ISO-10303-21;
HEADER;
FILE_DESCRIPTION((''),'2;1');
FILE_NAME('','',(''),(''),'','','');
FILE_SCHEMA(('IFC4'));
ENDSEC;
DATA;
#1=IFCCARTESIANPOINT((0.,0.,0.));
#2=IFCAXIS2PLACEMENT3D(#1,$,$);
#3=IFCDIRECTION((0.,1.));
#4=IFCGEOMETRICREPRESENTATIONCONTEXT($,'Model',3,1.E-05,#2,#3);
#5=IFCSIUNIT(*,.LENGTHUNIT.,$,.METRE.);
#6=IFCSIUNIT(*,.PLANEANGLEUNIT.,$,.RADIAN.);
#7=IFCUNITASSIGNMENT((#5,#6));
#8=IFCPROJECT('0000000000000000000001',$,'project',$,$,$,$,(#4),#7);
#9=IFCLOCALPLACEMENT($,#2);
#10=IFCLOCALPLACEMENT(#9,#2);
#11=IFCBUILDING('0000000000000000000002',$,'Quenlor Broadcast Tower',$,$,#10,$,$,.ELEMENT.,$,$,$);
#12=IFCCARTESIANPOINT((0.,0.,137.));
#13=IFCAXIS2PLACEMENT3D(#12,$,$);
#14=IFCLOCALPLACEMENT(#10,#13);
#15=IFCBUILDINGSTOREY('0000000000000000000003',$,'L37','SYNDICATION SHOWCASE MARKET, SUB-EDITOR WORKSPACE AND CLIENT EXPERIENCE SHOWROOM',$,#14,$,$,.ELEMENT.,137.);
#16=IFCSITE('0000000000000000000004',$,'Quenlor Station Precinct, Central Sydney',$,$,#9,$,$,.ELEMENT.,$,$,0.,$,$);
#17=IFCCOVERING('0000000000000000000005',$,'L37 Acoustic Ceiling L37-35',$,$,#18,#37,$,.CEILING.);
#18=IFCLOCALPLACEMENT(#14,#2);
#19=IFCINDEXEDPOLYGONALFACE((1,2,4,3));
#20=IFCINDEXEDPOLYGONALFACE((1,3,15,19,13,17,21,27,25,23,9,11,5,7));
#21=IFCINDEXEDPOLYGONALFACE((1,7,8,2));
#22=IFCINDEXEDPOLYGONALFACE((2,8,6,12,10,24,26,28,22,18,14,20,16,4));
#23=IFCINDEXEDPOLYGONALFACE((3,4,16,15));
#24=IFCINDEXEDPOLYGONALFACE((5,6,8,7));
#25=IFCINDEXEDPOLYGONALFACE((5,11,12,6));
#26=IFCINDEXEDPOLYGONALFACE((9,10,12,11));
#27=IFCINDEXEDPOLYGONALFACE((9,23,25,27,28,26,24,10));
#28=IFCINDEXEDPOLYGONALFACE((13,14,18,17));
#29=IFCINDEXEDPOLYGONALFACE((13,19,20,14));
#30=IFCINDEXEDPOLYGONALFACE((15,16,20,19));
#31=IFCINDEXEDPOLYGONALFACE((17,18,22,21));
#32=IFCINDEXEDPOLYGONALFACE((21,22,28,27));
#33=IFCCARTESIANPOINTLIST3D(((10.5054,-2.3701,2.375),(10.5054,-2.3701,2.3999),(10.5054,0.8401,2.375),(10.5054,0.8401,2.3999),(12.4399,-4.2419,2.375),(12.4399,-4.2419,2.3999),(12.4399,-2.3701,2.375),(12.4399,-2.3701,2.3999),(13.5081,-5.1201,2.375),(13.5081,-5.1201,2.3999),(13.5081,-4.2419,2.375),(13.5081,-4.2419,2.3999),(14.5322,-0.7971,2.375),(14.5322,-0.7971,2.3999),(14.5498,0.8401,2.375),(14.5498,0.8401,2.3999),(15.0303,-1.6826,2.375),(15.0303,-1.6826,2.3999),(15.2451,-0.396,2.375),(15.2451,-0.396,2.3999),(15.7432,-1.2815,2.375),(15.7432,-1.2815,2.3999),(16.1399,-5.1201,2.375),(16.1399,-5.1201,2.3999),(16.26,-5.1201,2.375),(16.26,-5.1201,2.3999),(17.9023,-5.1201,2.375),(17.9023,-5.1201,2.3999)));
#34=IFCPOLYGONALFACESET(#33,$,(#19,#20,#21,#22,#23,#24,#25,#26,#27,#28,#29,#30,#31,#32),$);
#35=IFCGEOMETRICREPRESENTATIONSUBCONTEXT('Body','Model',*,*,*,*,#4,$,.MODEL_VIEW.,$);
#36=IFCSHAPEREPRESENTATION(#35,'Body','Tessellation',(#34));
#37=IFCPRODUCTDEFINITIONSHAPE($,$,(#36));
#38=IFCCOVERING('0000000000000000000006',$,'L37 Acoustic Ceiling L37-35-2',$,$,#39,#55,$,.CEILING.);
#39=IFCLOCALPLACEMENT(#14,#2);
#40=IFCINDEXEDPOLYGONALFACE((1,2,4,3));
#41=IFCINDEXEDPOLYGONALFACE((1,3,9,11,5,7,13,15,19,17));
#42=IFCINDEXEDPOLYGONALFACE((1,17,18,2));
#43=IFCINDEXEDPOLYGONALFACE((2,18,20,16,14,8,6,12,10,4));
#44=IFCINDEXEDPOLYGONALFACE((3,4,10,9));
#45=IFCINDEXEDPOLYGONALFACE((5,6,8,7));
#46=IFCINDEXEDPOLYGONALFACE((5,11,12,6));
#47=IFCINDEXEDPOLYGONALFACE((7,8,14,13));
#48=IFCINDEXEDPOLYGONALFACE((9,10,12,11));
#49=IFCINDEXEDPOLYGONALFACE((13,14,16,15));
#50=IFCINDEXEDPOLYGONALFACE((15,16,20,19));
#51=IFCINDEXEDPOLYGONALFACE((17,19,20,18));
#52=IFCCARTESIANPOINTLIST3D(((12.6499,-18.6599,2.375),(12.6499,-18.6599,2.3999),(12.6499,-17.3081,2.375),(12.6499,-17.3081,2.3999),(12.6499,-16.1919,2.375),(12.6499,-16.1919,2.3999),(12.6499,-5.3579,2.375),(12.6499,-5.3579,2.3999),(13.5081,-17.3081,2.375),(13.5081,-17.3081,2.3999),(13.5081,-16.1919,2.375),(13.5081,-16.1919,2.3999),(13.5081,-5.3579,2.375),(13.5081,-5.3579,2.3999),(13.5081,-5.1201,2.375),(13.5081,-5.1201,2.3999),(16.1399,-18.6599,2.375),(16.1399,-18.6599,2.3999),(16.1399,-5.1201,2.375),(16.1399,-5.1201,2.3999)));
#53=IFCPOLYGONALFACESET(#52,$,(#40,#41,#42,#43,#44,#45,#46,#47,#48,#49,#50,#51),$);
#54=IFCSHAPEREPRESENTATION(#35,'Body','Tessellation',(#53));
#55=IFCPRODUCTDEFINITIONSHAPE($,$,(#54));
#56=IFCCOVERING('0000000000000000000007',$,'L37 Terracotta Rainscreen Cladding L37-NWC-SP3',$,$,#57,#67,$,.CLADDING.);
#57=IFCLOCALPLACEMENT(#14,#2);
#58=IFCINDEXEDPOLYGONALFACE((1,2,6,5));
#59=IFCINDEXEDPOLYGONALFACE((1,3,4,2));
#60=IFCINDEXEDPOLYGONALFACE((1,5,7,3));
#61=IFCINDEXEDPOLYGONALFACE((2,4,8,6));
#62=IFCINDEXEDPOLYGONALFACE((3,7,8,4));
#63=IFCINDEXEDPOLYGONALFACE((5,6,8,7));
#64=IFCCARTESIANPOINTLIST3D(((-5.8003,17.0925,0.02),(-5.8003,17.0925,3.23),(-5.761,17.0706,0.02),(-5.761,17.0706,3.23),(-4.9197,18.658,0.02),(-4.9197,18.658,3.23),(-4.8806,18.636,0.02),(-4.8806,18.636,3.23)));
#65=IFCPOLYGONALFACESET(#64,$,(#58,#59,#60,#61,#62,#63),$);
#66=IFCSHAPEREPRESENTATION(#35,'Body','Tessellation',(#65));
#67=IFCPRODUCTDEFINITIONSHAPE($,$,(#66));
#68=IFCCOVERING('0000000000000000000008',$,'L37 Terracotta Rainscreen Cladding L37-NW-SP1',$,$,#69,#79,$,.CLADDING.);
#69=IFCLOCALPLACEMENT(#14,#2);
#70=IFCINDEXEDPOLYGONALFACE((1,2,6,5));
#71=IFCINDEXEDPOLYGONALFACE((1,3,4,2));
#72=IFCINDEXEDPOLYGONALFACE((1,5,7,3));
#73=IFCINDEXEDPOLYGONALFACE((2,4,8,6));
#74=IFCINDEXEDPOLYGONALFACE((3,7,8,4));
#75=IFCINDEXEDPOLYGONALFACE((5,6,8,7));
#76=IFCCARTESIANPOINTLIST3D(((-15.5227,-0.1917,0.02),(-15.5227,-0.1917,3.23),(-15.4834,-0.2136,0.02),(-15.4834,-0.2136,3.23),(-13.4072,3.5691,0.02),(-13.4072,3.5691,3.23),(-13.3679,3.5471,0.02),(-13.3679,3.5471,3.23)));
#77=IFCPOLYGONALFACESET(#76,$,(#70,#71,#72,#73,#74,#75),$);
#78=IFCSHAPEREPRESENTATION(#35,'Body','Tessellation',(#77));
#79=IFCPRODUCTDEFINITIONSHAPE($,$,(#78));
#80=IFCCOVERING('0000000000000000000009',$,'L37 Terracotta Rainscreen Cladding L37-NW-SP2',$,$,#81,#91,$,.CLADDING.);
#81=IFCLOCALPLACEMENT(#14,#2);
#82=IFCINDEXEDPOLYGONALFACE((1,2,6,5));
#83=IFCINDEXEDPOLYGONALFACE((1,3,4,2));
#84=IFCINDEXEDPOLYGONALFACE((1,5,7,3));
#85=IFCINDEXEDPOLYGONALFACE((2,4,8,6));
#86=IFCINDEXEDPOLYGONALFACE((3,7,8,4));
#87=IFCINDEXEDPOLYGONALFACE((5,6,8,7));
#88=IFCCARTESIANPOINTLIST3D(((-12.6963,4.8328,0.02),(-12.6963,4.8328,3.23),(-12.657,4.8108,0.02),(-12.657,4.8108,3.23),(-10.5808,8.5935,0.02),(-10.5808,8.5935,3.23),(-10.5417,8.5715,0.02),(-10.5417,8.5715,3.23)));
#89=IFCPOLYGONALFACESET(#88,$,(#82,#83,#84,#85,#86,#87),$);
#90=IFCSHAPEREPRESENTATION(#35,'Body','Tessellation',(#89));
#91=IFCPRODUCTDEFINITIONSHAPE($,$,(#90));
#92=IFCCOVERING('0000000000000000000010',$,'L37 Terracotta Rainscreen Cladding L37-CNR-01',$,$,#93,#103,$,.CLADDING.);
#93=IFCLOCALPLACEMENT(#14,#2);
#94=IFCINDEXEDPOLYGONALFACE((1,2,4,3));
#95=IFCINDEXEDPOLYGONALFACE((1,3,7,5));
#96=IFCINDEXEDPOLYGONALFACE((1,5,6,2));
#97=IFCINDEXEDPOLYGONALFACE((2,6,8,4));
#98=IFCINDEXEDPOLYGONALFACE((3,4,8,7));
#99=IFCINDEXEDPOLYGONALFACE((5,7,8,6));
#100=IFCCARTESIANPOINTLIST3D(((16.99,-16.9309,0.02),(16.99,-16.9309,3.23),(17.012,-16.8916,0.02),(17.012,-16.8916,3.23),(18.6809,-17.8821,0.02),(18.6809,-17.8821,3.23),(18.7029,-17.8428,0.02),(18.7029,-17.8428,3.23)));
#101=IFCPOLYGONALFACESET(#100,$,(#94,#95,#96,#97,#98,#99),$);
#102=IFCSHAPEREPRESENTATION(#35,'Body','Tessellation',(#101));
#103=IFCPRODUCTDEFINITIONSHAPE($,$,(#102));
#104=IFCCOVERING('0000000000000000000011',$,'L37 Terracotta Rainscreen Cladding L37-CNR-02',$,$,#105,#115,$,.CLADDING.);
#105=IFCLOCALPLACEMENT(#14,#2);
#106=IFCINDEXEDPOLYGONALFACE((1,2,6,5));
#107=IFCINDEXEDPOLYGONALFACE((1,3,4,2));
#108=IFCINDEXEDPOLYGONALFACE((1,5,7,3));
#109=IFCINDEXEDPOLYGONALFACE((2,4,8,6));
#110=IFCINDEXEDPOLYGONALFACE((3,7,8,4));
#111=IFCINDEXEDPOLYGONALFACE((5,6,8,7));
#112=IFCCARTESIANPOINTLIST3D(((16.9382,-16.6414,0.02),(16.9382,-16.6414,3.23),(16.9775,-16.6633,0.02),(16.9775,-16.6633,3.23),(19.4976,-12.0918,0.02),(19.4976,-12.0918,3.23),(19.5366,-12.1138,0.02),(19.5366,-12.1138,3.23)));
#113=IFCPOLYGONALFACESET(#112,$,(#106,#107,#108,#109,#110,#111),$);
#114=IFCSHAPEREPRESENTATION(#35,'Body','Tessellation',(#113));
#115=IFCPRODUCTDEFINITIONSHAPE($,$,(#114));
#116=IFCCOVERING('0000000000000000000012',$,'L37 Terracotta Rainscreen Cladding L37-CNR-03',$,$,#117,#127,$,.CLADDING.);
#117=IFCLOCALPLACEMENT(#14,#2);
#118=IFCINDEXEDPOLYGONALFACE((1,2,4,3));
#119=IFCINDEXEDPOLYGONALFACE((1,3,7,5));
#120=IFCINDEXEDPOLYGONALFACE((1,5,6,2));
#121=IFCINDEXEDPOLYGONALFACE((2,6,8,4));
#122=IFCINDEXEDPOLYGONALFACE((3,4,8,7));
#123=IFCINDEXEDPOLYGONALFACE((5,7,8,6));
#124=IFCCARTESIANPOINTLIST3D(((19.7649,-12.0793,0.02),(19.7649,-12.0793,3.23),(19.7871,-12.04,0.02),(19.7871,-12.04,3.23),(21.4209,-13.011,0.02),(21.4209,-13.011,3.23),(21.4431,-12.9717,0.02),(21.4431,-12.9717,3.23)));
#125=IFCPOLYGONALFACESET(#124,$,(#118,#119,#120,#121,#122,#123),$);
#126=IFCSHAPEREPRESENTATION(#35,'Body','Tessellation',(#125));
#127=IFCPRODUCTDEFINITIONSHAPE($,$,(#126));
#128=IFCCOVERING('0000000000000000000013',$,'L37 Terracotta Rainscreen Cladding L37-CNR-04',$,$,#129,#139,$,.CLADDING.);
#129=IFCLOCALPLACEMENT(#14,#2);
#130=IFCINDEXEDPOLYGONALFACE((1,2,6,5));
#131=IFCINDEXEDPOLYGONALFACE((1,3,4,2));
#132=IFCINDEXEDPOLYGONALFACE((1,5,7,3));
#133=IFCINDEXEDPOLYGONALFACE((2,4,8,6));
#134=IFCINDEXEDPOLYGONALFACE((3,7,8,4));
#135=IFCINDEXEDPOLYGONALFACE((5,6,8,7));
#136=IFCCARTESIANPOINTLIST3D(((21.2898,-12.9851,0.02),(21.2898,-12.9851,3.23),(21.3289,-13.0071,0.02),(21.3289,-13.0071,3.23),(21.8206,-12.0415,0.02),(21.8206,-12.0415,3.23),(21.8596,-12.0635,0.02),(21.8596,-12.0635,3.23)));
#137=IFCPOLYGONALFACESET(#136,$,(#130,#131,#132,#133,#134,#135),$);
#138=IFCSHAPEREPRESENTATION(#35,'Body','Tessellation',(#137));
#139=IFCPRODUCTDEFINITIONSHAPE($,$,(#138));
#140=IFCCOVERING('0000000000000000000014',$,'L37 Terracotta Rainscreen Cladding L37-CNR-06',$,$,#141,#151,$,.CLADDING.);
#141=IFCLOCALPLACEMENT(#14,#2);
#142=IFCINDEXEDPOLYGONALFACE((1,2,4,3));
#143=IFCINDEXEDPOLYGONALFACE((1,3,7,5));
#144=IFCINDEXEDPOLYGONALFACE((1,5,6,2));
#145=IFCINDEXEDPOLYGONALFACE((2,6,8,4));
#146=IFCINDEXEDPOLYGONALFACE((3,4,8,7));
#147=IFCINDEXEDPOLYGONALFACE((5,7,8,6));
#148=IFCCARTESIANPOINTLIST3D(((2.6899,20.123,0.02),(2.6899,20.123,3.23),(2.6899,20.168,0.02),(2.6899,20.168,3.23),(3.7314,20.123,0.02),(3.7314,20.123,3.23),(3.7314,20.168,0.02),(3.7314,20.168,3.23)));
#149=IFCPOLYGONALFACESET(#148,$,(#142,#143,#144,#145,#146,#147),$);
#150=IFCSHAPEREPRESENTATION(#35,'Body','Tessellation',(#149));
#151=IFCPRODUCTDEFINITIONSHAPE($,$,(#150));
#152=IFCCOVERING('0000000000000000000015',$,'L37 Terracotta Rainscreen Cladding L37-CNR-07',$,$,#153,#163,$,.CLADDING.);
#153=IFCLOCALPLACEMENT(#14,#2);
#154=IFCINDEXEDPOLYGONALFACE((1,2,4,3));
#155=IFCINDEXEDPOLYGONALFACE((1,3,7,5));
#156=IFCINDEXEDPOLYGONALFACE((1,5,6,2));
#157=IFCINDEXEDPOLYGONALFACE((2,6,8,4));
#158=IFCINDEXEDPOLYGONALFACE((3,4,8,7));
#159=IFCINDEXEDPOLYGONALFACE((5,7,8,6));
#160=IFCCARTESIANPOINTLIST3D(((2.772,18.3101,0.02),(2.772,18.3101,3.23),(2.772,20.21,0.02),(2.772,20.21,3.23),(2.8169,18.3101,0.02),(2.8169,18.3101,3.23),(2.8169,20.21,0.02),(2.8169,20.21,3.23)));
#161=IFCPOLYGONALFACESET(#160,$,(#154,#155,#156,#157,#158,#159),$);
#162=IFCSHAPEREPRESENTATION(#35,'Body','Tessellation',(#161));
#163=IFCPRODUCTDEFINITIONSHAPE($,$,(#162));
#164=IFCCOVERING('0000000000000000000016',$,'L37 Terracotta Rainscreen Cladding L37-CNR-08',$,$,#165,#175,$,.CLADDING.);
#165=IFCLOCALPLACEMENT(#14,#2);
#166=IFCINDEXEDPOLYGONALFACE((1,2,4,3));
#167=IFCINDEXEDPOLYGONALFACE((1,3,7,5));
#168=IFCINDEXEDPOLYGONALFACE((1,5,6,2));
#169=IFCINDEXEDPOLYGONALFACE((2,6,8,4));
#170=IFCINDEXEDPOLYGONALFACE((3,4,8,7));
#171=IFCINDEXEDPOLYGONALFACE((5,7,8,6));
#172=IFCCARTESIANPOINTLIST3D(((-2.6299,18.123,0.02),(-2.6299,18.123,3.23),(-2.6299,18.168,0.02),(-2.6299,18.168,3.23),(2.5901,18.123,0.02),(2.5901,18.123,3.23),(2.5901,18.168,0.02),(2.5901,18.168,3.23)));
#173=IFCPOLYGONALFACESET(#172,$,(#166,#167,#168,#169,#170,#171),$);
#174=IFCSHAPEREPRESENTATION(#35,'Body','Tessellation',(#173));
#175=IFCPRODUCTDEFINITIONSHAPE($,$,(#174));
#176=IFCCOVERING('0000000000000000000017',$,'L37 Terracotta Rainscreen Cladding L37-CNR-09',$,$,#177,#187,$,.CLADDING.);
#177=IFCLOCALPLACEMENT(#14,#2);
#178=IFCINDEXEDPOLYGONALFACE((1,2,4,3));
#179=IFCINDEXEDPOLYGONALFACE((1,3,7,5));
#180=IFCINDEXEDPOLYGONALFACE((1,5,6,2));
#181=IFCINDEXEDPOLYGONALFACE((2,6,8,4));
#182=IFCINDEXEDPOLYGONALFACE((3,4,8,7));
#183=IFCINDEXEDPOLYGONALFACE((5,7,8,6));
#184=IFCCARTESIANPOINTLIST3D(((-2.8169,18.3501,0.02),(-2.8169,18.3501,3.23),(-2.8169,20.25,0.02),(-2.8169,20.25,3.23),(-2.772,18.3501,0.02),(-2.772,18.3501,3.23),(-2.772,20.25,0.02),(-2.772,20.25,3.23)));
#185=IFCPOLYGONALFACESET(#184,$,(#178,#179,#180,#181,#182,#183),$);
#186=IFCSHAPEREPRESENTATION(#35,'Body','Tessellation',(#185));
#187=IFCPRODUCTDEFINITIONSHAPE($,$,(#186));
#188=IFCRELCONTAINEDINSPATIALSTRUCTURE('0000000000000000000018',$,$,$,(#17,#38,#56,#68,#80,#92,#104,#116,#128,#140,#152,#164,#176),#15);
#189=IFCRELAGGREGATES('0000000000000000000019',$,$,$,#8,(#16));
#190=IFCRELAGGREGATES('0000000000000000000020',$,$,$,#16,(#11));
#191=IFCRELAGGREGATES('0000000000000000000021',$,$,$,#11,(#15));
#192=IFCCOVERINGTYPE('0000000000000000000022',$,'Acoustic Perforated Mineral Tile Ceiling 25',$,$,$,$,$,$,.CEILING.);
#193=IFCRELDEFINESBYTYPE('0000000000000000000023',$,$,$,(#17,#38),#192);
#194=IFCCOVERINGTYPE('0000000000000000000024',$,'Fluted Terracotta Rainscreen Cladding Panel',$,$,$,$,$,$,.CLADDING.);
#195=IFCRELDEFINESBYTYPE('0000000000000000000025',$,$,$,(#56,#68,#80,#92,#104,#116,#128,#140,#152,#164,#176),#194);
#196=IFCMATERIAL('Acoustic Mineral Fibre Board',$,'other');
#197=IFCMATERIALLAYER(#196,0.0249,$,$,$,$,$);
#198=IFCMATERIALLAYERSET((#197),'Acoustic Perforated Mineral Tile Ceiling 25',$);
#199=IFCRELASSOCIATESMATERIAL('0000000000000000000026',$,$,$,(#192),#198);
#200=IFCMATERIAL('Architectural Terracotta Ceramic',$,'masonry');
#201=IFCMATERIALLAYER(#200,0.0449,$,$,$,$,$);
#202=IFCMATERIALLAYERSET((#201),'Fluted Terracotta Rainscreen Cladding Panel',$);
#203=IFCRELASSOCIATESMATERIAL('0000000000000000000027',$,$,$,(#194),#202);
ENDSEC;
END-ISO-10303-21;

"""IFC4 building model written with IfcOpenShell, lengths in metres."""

from ifc_helpers import new_model, si_unit, direction, frame, origin, place, context, subcontext, project, spatial, polyline, outline, extrude, material, layer, layer_set, type_object, element, save


model = new_model("IFC4")

# Units and contexts
model_context = context("Model", 3, precision=1e-05, world=origin(), true_north=direction((0.0, 1.0)))
body_context = subcontext(model_context, "Body", "Model", "MODEL_VIEW")
ifc_project = project(units=[si_unit("LENGTHUNIT", "METRE"), si_unit("PLANEANGLEUNIT", "RADIAN")], contexts=[model_context])

# Site, building, storey
site_placement = place(None, origin())
site = spatial("IfcSite", under=ifc_project, at=site_placement, Name="Quenlor Station Precinct, Central Sydney", CompositionType="ELEMENT", RefElevation=0.0)
building_placement = place(site_placement, origin())
building = spatial("IfcBuilding", under=site, at=building_placement, Name="Quenlor Broadcast Tower", CompositionType="ELEMENT")
storey_placement = place(building_placement, frame((0.0, 0.0, 137.0)))
storey = spatial("IfcBuildingStorey", under=building, at=storey_placement, Name="L37", Description="SYNDICATION SHOWCASE MARKET, SUB-EDITOR WORKSPACE AND CLIENT EXPERIENCE SHOWROOM", CompositionType="ELEMENT", Elevation=137.0)

# Coverings
ifc_material_1 = material(Name="Acoustic Mineral Fibre Board", Category="other")
ifc_layer_1 = layer(ifc_material_1, 0.0249)
ifc_layer_set_1 = layer_set([ifc_layer_1], Name="Acoustic Perforated Mineral Tile Ceiling 25")
covering_type_1 = type_object("IfcCoveringType", Name="Acoustic Perforated Mineral Tile Ceiling 25", PredefinedType="CEILING", material=ifc_layer_set_1)
covering_1_placement = place(storey_placement, frame((0.0, 0.0, 2.375)))
element("IfcCovering", 1, at=covering_1_placement, inside=storey, type_object=covering_type_1, Name="L37 Acoustic Ceiling L37-35", PredefinedType="CEILING", context=body_context, shape_type="SweptSolid", body=[
    extrude(outline(polyline([(13.5081, -4.2419), (12.4399, -4.2419), (12.4399, -2.3701), (10.5054, -2.3701), (10.5054, 0.8401), (14.5498, 0.8401), (15.2451, -0.396), (14.5322, -0.7971), (15.0303, -1.6826), (15.7432, -1.2815), (17.9023, -5.1201), (16.26, -5.1201), (16.1399, -5.1201), (13.5081, -5.1201), (13.5081, -4.2419)])), origin(), (0.0, 0.0, 1.0), 0.0249),
])
covering_2_placement = place(storey_placement, frame((0.0, 0.0, 2.375)))
element("IfcCovering", 2, at=covering_2_placement, inside=storey, type_object=covering_type_1, Name="L37 Acoustic Ceiling L37-35-2", PredefinedType="CEILING", context=body_context, shape_type="SweptSolid", body=[
    extrude(outline(polyline([(13.5081, -5.1201), (16.1399, -5.1201), (16.1399, -18.6599), (12.6499, -18.6599), (12.6499, -17.3081), (13.5081, -17.3081), (13.5081, -16.1919), (12.6499, -16.1919), (12.6499, -5.3579), (13.5081, -5.3579), (13.5081, -5.1201)])), origin(), (0.0, 0.0, 1.0), 0.0249),
])
ifc_material_2 = material(Name="Architectural Terracotta Ceramic", Category="masonry")
ifc_layer_2 = layer(ifc_material_2, 0.0449)
ifc_layer_set_2 = layer_set([ifc_layer_2], Name="Fluted Terracotta Rainscreen Cladding Panel")
covering_type_2 = type_object("IfcCoveringType", Name="Fluted Terracotta Rainscreen Cladding Panel", PredefinedType="CLADDING", material=ifc_layer_set_2)
covering_3_placement = place(storey_placement, frame((0.0, 0.0, 0.02)))
element("IfcCovering", 3, at=covering_3_placement, inside=storey, type_object=covering_type_2, Name="L37 Terracotta Rainscreen Cladding L37-NWC-SP3", PredefinedType="CLADDING", context=body_context, shape_type="SweptSolid", body=[
    extrude(outline(polyline([(-5.761, 17.0706), (-4.8806, 18.636), (-4.9197, 18.658), (-5.8003, 17.0925), (-5.761, 17.0706)])), origin(), (0.0, 0.0, 1.0), 3.21),
])
covering_4_placement = place(storey_placement, frame((0.0, 0.0, 0.02)))
element("IfcCovering", 4, at=covering_4_placement, inside=storey, type_object=covering_type_2, Name="L37 Terracotta Rainscreen Cladding L37-NW-SP1", PredefinedType="CLADDING", context=body_context, shape_type="SweptSolid", body=[
    extrude(outline(polyline([(-15.4834, -0.2136), (-13.3679, 3.5471), (-13.4072, 3.5691), (-15.5227, -0.1917), (-15.4834, -0.2136)])), origin(), (0.0, 0.0, 1.0), 3.21),
])
covering_5_placement = place(storey_placement, frame((0.0, 0.0, 0.02)))
element("IfcCovering", 5, at=covering_5_placement, inside=storey, type_object=covering_type_2, Name="L37 Terracotta Rainscreen Cladding L37-NW-SP2", PredefinedType="CLADDING", context=body_context, shape_type="SweptSolid", body=[
    extrude(outline(polyline([(-12.657, 4.8108), (-10.5417, 8.5715), (-10.5808, 8.5935), (-12.6963, 4.8328), (-12.657, 4.8108)])), origin(), (0.0, 0.0, 1.0), 3.21),
])
covering_6_placement = place(storey_placement, frame((0.0, 0.0, 0.02)))
element("IfcCovering", 6, at=covering_6_placement, inside=storey, type_object=covering_type_2, Name="L37 Terracotta Rainscreen Cladding L37-CNR-01", PredefinedType="CLADDING", context=body_context, shape_type="SweptSolid", body=[
    extrude(outline(polyline([(18.7029, -17.8428), (17.012, -16.8916), (16.99, -16.9309), (18.6809, -17.8821), (18.7029, -17.8428)])), origin(), (0.0, 0.0, 1.0), 3.21),
])
covering_7_placement = place(storey_placement, frame((0.0, 0.0, 0.02)))
element("IfcCovering", 7, at=covering_7_placement, inside=storey, type_object=covering_type_2, Name="L37 Terracotta Rainscreen Cladding L37-CNR-02", PredefinedType="CLADDING", context=body_context, shape_type="SweptSolid", body=[
    extrude(outline(polyline([(16.9775, -16.6633), (19.5366, -12.1138), (19.4976, -12.0918), (16.9382, -16.6414), (16.9775, -16.6633)])), origin(), (0.0, 0.0, 1.0), 3.21),
])
covering_8_placement = place(storey_placement, frame((0.0, 0.0, 0.02)))
element("IfcCovering", 8, at=covering_8_placement, inside=storey, type_object=covering_type_2, Name="L37 Terracotta Rainscreen Cladding L37-CNR-03", PredefinedType="CLADDING", context=body_context, shape_type="SweptSolid", body=[
    extrude(outline(polyline([(19.7649, -12.0793), (21.4209, -13.011), (21.4431, -12.9717), (19.7871, -12.04), (19.7649, -12.0793)])), origin(), (0.0, 0.0, 1.0), 3.21),
])
covering_9_placement = place(storey_placement, frame((0.0, 0.0, 0.02)))
element("IfcCovering", 9, at=covering_9_placement, inside=storey, type_object=covering_type_2, Name="L37 Terracotta Rainscreen Cladding L37-CNR-04", PredefinedType="CLADDING", context=body_context, shape_type="SweptSolid", body=[
    extrude(outline(polyline([(21.3289, -13.0071), (21.8596, -12.0635), (21.8206, -12.0415), (21.2898, -12.9851), (21.3289, -13.0071)])), origin(), (0.0, 0.0, 1.0), 3.21),
])
covering_10_placement = place(storey_placement, frame((0.0, 0.0, 0.02)))
element("IfcCovering", 10, at=covering_10_placement, inside=storey, type_object=covering_type_2, Name="L37 Terracotta Rainscreen Cladding L37-CNR-06", PredefinedType="CLADDING", context=body_context, shape_type="SweptSolid", body=[
    extrude(outline(polyline([(3.7314, 20.168), (2.6899, 20.168), (2.6899, 20.123), (3.7314, 20.123), (3.7314, 20.168)])), origin(), (0.0, 0.0, 1.0), 3.21),
])
covering_11_placement = place(storey_placement, frame((0.0, 0.0, 0.02)))
element("IfcCovering", 11, at=covering_11_placement, inside=storey, type_object=covering_type_2, Name="L37 Terracotta Rainscreen Cladding L37-CNR-07", PredefinedType="CLADDING", context=body_context, shape_type="SweptSolid", body=[
    extrude(outline(polyline([(2.772, 20.21), (2.772, 18.3101), (2.8169, 18.3101), (2.8169, 20.21), (2.772, 20.21)])), origin(), (0.0, 0.0, 1.0), 3.21),
])
covering_12_placement = place(storey_placement, frame((0.0, 0.0, 0.02)))
element("IfcCovering", 12, at=covering_12_placement, inside=storey, type_object=covering_type_2, Name="L37 Terracotta Rainscreen Cladding L37-CNR-08", PredefinedType="CLADDING", context=body_context, shape_type="SweptSolid", body=[
    extrude(outline(polyline([(2.5901, 18.168), (-2.6299, 18.168), (-2.6299, 18.123), (2.5901, 18.123), (2.5901, 18.168)])), origin(), (0.0, 0.0, 1.0), 3.21),
])
covering_13_placement = place(storey_placement, frame((0.0, 0.0, 0.02)))
element("IfcCovering", 13, at=covering_13_placement, inside=storey, type_object=covering_type_2, Name="L37 Terracotta Rainscreen Cladding L37-CNR-09", PredefinedType="CLADDING", context=body_context, shape_type="SweptSolid", body=[
    extrude(outline(polyline([(-2.772, 18.3501), (-2.772, 20.25), (-2.8169, 20.25), (-2.8169, 18.3501), (-2.772, 18.3501)])), origin(), (0.0, 0.0, 1.0), 3.21),
])

save(model, "model.ifc")
